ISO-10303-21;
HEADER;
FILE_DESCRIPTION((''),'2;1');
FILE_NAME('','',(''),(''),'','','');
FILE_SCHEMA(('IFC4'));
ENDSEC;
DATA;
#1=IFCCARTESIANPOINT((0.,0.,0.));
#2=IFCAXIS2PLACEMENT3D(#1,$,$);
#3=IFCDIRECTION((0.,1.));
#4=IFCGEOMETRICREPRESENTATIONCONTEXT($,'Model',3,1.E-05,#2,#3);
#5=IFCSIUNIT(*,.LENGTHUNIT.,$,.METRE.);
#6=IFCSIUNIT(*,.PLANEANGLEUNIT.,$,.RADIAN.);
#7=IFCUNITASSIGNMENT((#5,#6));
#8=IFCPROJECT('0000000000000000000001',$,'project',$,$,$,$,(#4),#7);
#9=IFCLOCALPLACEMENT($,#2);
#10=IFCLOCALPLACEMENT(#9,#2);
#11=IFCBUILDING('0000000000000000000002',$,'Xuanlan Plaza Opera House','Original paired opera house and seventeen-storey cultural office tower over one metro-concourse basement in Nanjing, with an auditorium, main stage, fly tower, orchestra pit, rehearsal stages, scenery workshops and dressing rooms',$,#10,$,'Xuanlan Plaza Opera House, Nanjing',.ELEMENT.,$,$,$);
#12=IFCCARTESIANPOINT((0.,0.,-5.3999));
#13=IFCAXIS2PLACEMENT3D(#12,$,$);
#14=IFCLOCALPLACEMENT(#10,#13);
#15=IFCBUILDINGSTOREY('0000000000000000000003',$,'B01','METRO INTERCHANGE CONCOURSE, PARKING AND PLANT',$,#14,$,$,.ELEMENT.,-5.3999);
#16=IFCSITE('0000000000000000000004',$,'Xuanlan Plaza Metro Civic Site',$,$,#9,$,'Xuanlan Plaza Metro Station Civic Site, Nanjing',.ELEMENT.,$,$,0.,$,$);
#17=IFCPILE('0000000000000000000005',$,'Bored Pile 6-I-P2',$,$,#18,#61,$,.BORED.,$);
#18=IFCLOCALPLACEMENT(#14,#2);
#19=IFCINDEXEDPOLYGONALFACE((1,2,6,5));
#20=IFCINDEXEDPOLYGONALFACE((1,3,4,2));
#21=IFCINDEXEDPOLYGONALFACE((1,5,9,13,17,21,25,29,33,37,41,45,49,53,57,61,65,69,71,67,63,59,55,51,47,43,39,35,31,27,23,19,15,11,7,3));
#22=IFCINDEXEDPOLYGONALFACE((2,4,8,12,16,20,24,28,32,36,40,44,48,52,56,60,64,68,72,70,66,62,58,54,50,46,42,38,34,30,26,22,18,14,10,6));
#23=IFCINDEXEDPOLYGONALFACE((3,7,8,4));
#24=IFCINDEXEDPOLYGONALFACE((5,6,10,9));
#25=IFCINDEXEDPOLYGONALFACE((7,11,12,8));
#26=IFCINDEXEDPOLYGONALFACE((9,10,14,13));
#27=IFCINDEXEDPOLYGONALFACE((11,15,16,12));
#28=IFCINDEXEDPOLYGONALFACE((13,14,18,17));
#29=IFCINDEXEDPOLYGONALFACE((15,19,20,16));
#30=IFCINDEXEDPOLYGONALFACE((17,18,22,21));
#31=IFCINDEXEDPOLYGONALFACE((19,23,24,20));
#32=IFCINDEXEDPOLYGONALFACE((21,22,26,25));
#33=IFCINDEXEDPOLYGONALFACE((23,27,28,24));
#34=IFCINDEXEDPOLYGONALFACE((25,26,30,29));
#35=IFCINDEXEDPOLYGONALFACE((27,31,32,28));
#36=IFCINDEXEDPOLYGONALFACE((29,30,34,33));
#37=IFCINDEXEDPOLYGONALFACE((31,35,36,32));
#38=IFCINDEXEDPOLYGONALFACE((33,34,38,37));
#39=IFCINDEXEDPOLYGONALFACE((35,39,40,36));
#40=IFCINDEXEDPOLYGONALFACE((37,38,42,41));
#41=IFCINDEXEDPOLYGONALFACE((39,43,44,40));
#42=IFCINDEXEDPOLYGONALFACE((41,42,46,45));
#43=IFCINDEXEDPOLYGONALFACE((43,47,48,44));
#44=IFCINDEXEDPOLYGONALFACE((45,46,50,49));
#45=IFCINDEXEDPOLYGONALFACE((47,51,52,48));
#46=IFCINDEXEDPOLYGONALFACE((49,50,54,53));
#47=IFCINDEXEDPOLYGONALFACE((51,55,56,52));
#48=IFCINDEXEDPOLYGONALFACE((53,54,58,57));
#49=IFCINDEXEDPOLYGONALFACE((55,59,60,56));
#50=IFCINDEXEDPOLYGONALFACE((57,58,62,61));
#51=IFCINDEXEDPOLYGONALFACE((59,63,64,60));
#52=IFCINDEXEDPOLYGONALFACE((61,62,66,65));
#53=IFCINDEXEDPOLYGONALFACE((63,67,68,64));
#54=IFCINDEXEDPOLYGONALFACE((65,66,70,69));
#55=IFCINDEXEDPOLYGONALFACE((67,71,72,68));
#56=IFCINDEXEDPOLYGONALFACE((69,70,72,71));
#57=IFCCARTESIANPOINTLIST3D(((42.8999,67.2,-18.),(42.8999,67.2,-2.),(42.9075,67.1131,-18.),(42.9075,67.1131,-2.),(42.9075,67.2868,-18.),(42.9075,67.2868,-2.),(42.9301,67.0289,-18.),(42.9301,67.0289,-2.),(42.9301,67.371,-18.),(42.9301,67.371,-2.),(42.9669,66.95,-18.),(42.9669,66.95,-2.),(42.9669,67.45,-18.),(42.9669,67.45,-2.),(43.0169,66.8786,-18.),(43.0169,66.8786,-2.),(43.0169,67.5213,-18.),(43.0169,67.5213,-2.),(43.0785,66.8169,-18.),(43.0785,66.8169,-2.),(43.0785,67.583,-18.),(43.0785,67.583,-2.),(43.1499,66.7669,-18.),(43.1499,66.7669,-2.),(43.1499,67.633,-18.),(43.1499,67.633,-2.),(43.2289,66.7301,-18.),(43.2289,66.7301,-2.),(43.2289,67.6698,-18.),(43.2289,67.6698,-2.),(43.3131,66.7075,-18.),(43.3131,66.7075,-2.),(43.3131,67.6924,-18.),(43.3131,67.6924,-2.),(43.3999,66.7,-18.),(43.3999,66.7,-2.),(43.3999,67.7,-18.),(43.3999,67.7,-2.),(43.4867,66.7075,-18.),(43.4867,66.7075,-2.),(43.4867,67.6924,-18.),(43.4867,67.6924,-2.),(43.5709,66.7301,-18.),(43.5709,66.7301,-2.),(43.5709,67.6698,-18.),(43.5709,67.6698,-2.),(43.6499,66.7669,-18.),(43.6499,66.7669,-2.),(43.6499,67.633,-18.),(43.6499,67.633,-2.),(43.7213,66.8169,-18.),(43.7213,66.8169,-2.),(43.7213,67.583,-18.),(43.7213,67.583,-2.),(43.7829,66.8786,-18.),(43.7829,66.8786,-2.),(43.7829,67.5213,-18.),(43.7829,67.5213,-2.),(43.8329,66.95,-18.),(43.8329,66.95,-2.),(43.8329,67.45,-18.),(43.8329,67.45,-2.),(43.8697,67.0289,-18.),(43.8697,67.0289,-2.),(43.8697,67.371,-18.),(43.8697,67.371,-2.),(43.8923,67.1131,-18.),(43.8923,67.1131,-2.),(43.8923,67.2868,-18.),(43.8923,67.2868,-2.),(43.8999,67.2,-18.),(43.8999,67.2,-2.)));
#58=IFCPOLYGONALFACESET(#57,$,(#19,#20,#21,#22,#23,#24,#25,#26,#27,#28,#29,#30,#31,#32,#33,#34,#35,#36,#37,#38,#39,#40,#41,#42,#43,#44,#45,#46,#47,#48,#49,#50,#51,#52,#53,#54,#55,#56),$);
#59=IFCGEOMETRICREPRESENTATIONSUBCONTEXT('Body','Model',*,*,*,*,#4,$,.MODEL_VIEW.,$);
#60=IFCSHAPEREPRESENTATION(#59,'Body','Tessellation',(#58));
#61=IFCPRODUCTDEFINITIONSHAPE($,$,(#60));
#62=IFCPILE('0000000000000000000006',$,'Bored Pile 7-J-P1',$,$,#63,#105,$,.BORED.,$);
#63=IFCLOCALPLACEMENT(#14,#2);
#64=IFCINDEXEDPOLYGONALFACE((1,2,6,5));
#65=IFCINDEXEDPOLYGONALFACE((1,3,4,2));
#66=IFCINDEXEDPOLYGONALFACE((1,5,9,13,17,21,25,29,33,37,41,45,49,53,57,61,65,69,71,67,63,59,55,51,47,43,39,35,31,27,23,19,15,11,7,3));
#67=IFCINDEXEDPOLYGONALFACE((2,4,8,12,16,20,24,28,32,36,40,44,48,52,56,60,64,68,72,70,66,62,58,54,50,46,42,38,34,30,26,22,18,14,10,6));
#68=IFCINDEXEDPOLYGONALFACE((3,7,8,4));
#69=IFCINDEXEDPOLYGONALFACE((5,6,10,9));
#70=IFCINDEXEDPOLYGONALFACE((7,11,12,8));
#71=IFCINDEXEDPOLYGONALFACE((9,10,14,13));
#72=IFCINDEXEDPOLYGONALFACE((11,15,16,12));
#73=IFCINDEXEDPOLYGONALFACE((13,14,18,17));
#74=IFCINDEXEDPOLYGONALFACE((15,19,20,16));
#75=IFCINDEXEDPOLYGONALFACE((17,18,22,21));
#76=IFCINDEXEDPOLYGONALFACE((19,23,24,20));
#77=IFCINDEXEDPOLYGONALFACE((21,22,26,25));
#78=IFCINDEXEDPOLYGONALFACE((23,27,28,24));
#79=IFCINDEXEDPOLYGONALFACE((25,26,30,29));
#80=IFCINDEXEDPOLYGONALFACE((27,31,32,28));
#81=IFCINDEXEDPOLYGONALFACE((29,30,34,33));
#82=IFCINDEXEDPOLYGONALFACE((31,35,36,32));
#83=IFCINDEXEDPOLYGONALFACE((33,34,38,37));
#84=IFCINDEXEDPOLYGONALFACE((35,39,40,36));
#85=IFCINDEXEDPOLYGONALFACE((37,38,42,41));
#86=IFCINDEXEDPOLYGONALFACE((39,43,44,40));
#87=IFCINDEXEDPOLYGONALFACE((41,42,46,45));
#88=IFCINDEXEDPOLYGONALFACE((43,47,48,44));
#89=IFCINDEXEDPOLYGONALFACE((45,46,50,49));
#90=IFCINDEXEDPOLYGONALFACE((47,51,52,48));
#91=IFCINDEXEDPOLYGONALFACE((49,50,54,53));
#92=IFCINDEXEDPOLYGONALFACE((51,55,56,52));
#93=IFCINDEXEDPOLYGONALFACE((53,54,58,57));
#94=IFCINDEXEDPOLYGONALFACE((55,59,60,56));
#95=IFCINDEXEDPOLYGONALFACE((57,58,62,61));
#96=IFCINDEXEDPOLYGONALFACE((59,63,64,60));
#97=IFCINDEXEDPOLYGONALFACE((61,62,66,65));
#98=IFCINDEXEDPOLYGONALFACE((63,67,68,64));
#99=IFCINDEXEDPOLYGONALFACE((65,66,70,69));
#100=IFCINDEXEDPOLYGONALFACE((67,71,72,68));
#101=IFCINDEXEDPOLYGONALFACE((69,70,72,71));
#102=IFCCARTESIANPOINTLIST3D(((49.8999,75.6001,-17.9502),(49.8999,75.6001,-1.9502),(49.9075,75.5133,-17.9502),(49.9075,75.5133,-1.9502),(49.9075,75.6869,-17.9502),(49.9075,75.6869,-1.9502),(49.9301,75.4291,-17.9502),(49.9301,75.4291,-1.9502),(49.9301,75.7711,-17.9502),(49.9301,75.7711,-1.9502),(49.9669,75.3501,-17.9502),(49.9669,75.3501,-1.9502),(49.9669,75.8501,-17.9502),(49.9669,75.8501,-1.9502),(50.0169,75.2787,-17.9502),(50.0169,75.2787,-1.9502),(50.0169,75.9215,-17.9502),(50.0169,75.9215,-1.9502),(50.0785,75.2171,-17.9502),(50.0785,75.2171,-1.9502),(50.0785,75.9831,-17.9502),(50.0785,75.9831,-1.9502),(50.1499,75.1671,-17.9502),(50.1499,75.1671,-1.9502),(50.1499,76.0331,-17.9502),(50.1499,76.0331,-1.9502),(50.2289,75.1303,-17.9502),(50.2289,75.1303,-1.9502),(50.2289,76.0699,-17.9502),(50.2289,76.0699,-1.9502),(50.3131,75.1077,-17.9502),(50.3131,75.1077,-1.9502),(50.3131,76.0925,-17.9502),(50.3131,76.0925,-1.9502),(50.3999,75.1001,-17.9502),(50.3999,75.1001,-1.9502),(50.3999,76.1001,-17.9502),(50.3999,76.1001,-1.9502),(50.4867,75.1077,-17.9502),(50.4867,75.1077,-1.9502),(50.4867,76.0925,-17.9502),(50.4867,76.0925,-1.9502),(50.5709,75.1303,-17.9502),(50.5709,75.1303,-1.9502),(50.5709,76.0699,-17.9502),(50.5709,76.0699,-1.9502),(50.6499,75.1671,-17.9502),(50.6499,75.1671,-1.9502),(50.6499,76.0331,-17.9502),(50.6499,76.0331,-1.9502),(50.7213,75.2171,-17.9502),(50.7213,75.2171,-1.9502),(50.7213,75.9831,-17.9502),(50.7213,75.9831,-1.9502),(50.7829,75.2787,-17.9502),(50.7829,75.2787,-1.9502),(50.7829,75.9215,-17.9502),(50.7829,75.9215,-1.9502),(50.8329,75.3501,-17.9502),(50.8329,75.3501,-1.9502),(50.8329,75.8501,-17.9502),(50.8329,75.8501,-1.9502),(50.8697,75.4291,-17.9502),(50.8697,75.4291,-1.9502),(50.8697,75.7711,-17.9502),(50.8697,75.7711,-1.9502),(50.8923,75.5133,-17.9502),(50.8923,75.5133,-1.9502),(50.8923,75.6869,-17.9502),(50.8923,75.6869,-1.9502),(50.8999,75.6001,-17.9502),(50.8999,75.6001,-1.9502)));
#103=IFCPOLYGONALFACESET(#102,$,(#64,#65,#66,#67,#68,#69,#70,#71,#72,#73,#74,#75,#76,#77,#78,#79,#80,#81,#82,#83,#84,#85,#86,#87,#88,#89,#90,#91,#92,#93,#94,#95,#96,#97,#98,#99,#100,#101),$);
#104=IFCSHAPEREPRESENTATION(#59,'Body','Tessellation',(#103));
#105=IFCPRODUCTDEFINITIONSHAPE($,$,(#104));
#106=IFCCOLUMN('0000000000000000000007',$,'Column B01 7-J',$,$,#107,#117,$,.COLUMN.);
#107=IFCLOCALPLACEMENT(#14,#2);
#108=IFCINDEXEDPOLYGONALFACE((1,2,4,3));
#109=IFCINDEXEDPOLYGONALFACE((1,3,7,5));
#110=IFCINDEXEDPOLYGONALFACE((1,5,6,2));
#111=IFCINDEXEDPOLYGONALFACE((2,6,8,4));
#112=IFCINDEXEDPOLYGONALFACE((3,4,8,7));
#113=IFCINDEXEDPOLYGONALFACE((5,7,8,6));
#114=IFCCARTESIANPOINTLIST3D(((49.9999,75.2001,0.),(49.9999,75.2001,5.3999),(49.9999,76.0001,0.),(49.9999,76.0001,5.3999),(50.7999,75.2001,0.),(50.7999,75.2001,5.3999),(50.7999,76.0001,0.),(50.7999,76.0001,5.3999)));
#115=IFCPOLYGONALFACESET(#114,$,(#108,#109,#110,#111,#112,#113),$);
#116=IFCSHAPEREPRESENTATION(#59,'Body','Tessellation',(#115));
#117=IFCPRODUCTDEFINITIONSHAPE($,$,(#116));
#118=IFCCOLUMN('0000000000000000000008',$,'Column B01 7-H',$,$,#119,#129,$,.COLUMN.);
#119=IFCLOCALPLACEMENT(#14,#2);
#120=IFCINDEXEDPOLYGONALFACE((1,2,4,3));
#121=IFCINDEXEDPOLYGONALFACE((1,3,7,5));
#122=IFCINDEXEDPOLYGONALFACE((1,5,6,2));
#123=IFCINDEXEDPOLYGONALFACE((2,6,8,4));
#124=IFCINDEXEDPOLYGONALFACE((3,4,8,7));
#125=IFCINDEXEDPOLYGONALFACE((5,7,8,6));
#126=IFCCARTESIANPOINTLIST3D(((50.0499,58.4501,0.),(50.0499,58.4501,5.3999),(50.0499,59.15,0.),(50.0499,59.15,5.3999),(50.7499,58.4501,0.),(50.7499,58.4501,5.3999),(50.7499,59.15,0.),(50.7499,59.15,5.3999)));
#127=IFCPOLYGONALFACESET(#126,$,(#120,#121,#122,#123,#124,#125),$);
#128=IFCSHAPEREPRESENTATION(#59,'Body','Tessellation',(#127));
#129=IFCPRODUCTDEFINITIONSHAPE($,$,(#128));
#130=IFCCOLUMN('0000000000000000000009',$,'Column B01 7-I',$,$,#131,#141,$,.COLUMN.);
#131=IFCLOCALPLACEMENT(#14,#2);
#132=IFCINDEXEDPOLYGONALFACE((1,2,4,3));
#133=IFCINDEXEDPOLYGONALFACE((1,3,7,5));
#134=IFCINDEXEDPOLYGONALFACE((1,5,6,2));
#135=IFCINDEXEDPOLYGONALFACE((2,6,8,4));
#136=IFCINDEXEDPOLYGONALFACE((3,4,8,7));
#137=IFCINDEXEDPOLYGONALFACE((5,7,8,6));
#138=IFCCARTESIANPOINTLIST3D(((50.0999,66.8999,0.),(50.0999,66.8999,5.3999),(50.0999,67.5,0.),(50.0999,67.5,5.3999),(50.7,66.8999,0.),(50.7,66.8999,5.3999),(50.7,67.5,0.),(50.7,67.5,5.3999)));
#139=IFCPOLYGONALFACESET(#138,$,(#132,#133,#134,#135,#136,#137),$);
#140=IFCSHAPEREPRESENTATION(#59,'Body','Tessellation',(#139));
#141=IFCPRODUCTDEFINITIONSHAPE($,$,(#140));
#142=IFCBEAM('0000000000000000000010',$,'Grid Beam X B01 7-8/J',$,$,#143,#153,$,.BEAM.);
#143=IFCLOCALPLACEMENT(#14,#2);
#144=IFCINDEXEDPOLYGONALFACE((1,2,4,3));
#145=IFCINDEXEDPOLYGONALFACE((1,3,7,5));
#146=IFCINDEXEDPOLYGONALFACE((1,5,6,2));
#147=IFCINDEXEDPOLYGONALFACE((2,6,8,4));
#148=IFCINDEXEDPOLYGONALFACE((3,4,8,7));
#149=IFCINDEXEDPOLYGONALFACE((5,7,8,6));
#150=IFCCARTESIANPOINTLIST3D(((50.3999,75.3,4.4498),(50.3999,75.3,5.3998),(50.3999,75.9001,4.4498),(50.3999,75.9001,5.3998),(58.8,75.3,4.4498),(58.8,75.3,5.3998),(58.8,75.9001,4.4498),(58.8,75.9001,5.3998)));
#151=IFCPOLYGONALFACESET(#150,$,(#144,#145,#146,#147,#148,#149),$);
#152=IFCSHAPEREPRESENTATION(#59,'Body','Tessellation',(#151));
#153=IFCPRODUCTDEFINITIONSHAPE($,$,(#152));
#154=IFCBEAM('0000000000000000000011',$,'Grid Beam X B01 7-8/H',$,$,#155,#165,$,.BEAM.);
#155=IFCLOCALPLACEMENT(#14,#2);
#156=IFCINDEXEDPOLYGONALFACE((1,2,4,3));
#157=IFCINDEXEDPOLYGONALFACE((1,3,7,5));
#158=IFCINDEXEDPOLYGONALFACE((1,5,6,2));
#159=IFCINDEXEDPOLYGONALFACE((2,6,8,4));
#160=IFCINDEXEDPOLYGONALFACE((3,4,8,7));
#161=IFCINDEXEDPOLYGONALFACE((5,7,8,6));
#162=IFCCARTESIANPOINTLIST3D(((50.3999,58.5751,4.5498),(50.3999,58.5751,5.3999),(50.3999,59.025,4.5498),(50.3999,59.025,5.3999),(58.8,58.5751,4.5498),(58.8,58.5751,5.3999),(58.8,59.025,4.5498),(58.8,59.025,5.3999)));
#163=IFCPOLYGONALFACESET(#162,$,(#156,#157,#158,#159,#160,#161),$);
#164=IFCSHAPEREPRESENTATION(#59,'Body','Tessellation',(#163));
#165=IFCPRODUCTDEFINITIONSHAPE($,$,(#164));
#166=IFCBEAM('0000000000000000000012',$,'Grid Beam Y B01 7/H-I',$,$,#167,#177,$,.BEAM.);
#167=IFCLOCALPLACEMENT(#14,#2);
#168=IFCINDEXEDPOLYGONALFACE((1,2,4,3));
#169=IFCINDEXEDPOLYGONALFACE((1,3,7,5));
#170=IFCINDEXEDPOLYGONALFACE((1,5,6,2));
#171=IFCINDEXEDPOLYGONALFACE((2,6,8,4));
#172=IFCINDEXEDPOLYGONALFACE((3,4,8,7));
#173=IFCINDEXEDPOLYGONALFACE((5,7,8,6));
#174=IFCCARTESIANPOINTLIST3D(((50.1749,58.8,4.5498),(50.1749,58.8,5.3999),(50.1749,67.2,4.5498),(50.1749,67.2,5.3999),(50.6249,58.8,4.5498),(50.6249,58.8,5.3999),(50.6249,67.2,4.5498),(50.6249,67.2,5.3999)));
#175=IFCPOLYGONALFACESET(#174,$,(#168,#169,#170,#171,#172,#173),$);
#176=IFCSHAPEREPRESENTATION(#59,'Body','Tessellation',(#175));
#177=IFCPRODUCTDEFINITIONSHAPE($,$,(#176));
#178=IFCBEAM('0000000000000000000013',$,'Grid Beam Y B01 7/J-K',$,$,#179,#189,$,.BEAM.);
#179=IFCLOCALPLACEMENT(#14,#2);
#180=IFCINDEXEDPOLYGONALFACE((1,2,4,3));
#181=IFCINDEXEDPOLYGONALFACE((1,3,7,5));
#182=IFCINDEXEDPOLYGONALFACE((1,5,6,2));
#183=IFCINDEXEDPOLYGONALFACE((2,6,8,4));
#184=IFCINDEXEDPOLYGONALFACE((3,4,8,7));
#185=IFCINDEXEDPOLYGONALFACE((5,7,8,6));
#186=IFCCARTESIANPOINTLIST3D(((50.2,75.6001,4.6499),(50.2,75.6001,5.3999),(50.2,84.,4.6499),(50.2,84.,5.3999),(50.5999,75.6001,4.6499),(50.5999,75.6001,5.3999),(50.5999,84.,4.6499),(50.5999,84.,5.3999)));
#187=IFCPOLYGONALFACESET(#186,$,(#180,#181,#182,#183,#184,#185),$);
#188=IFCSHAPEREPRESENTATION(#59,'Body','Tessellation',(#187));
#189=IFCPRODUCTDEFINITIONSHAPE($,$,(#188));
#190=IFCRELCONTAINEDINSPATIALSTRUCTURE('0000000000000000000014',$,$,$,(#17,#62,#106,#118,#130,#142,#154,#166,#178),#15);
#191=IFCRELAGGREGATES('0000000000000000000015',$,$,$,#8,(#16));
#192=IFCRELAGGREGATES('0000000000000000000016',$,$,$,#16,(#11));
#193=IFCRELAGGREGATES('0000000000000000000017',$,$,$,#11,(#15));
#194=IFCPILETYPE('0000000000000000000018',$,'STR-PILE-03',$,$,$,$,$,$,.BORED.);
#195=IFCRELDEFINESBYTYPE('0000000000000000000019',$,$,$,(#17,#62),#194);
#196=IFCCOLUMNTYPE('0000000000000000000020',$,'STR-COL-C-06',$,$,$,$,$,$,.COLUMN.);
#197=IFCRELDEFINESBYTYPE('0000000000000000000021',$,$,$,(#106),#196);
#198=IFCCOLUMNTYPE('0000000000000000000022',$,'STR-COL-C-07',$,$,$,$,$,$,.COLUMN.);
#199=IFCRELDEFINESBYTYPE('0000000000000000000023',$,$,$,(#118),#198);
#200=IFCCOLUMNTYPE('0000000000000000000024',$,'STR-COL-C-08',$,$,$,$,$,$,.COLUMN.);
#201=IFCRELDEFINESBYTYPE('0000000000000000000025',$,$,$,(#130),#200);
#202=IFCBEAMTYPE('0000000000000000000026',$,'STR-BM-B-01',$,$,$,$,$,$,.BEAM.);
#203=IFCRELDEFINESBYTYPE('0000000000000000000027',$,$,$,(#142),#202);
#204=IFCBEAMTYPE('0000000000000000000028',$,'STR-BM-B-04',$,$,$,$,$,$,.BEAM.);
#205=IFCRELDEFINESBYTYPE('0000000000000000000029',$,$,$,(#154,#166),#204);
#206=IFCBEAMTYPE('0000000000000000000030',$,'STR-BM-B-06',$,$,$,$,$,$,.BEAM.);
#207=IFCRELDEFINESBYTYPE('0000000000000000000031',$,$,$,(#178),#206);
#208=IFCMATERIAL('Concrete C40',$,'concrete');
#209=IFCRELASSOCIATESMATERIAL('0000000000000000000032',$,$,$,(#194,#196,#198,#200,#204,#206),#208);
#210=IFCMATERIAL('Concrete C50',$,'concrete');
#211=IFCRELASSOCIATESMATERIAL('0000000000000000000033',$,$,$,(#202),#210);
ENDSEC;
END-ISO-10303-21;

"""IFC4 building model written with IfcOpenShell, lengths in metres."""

from ifc_helpers import new_model, si_unit, direction, frame, origin, origin_2d, place, context, subcontext, project, spatial, rectangle, circle, extrude, material, material_profile, profile_set, type_object, element, save


model = new_model("IFC4")

# Units and contexts
model_context = context("Model", 3, precision=1e-05, world=origin(), true_north=direction((0.0, 1.0)))
body_context = subcontext(model_context, "Body", "Model", "MODEL_VIEW")
ifc_project = project(units=[si_unit("LENGTHUNIT", "METRE"), si_unit("PLANEANGLEUNIT", "RADIAN")], contexts=[model_context])

# Site, building, storey
site_placement = place(None, origin())
site = spatial("IfcSite", under=ifc_project, at=site_placement, Name="Xuanlan Plaza Metro Civic Site", LongName="Xuanlan Plaza Metro Station Civic Site, Nanjing", CompositionType="ELEMENT", RefElevation=0.0)
building_placement = place(site_placement, origin())
building = spatial("IfcBuilding", under=site, at=building_placement, Name="Xuanlan Plaza Opera House", Description="Original paired opera house and seventeen-storey cultural office tower over one metro-concourse basement in Nanjing, with an auditorium, main stage, fly tower, orchestra pit, rehearsal stages, scenery workshops and dressing rooms", LongName="Xuanlan Plaza Opera House, Nanjing", CompositionType="ELEMENT")
storey_placement = place(building_placement, frame((0.0, 0.0, -5.3999)))
storey = spatial("IfcBuildingStorey", under=building, at=storey_placement, Name="B01", Description="METRO INTERCHANGE CONCOURSE, PARKING AND PLANT", CompositionType="ELEMENT", Elevation=-5.3999)

# Shared definitions
ifc_material_1 = material(Name="Concrete C40", Category="concrete")
ifc_material_2 = material(Name="Concrete C50", Category="concrete")

# Piles
ifc_material_profile_1 = material_profile(ifc_material_1, circle(Radius=0.5, at=origin_2d()), Name="PILE D1000")
ifc_profile_set_1 = profile_set([ifc_material_profile_1], Name="Concrete C40")
pile_type_1 = type_object("IfcPileType", Name="STR-PILE-03", PredefinedType="BORED", material=ifc_profile_set_1)
for number, where, z_axis, x_axis, name in (
    (1, (43.3999, 67.2, -2.0), (0.0, 0.0, -1.0), (1.0, 0.0, 0.0), "Bored Pile 6-I-P2"),
    (2, (50.3999, 75.6001, -1.9502), (0.0, 0.0, -1.0), (1.0, 0.0, 0.0), "Bored Pile 7-J-P1"),
):
    element("IfcPile", number, at=place(storey_placement, frame(where, z_axis=z_axis, x_axis=x_axis)), inside=storey, type_object=pile_type_1, Name=name, PredefinedType="BORED", context=body_context, shape_type="SweptSolid", body=[
        extrude(circle(Radius=0.5, at=origin_2d()), origin(), (0.0, 0.0, 1.0), 16.0),
    ])

# Columns
ifc_material_profile_2 = material_profile(ifc_material_1, rectangle(XDim=0.8, YDim=0.8, at=origin_2d()), Name="RC-COL 800x800")
ifc_profile_set_2 = profile_set([ifc_material_profile_2], Name="Concrete C40")
column_type_1 = type_object("IfcColumnType", Name="STR-COL-C-06", PredefinedType="COLUMN", material=ifc_profile_set_2)
column_1_placement = place(storey_placement, frame((50.3999, 75.6001, 0.0), z_axis=(0.0, 0.0, 1.0), x_axis=(1.0, 0.0, 0.0)))
element("IfcColumn", 3, at=column_1_placement, inside=storey, type_object=column_type_1, Name="Column B01 7-J", PredefinedType="COLUMN", context=body_context, shape_type="SweptSolid", body=[
    extrude(rectangle(XDim=0.8, YDim=0.8, at=origin_2d()), origin(), (0.0, 0.0, 1.0), 5.3999),
])
ifc_material_profile_3 = material_profile(ifc_material_1, rectangle(XDim=0.7, YDim=0.7, at=origin_2d()), Name="RC-COL 700x700")
ifc_profile_set_3 = profile_set([ifc_material_profile_3], Name="Concrete C40")
column_type_2 = type_object("IfcColumnType", Name="STR-COL-C-07", PredefinedType="COLUMN", material=ifc_profile_set_3)
column_2_placement = place(storey_placement, frame((50.3999, 58.8, 0.0), z_axis=(0.0, 0.0, 1.0), x_axis=(1.0, 0.0, 0.0)))
element("IfcColumn", 4, at=column_2_placement, inside=storey, type_object=column_type_2, Name="Column B01 7-H", PredefinedType="COLUMN", context=body_context, shape_type="SweptSolid", body=[
    extrude(rectangle(XDim=0.7, YDim=0.7, at=origin_2d()), origin(), (0.0, 0.0, 1.0), 5.3999),
])
ifc_material_profile_4 = material_profile(ifc_material_1, rectangle(XDim=0.6001, YDim=0.6001, at=origin_2d()), Name="RC-COL 600x600")
ifc_profile_set_4 = profile_set([ifc_material_profile_4], Name="Concrete C40")
column_type_3 = type_object("IfcColumnType", Name="STR-COL-C-08", PredefinedType="COLUMN", material=ifc_profile_set_4)
column_3_placement = place(storey_placement, frame((50.3999, 67.2, 0.0), z_axis=(0.0, 0.0, 1.0), x_axis=(1.0, 0.0, 0.0)))
element("IfcColumn", 5, at=column_3_placement, inside=storey, type_object=column_type_3, Name="Column B01 7-I", PredefinedType="COLUMN", context=body_context, shape_type="SweptSolid", body=[
    extrude(rectangle(XDim=0.6001, YDim=0.6001, at=origin_2d()), origin(), (0.0, 0.0, 1.0), 5.3999),
])

# Beams
ifc_material_profile_5 = material_profile(ifc_material_2, rectangle(XDim=0.6001, YDim=0.95, at=origin_2d()), Name="RC-BM 600x950")
ifc_profile_set_5 = profile_set([ifc_material_profile_5], Name="Concrete C50")
beam_type_1 = type_object("IfcBeamType", Name="STR-BM-B-01", PredefinedType="BEAM", material=ifc_profile_set_5)
beam_1_placement = place(storey_placement, frame((50.3999, 75.6001, 4.9248), z_axis=(1.0, 0.0, 0.0), x_axis=(0.0, 1.0, 0.0)))
element("IfcBeam", 6, at=beam_1_placement, inside=storey, type_object=beam_type_1, Name="Grid Beam X B01 7-8/J", PredefinedType="BEAM", context=body_context, shape_type="SweptSolid", body=[
    extrude(rectangle(XDim=0.6001, YDim=0.95, at=origin_2d()), origin(), (0.0, 0.0, 1.0), 8.4001),
])
ifc_material_profile_6 = material_profile(ifc_material_1, rectangle(XDim=0.45, YDim=0.8501, at=origin_2d()), Name="RC-BM 450x850")
ifc_profile_set_6 = profile_set([ifc_material_profile_6], Name="Concrete C40")
beam_type_2 = type_object("IfcBeamType", Name="STR-BM-B-04", PredefinedType="BEAM", material=ifc_profile_set_6)
beam_2_placement = place(storey_placement, frame((50.3999, 58.8, 4.9749), z_axis=(1.0, 0.0, 0.0), x_axis=(0.0, 1.0, 0.0)))
element("IfcBeam", 7, at=beam_2_placement, inside=storey, type_object=beam_type_2, Name="Grid Beam X B01 7-8/H", PredefinedType="BEAM", context=body_context, shape_type="SweptSolid", body=[
    extrude(rectangle(XDim=0.45, YDim=0.8501, at=origin_2d()), origin(), (0.0, 0.0, 1.0), 8.4001),
])
beam_3_placement = place(storey_placement, frame((50.3999, 58.8, 4.9749), z_axis=(0.0, 1.0, 0.0), x_axis=(-1.0, 0.0, 0.0)))
element("IfcBeam", 8, at=beam_3_placement, inside=storey, type_object=beam_type_2, Name="Grid Beam Y B01 7/H-I", PredefinedType="BEAM", context=body_context, shape_type="SweptSolid", body=[
    extrude(rectangle(XDim=0.45, YDim=0.8501, at=origin_2d()), origin(), (0.0, 0.0, 1.0), 8.3999),
])
ifc_material_profile_7 = material_profile(ifc_material_1, rectangle(XDim=0.3999, YDim=0.75, at=origin_2d()), Name="RC-BM 400x750")
ifc_profile_set_7 = profile_set([ifc_material_profile_7], Name="Concrete C40")
beam_type_3 = type_object("IfcBeamType", Name="STR-BM-B-06", PredefinedType="BEAM", material=ifc_profile_set_7)
beam_4_placement = place(storey_placement, frame((50.3999, 75.6001, 5.0249), z_axis=(0.0, 1.0, 0.0), x_axis=(-1.0, 0.0, 0.0)))
element("IfcBeam", 9, at=beam_4_placement, inside=storey, type_object=beam_type_3, Name="Grid Beam Y B01 7/J-K", PredefinedType="BEAM", context=body_context, shape_type="SweptSolid", body=[
    extrude(rectangle(XDim=0.3999, YDim=0.75, at=origin_2d()), origin(), (0.0, 0.0, 1.0), 8.3999),
])

save(model, "model.ifc")
